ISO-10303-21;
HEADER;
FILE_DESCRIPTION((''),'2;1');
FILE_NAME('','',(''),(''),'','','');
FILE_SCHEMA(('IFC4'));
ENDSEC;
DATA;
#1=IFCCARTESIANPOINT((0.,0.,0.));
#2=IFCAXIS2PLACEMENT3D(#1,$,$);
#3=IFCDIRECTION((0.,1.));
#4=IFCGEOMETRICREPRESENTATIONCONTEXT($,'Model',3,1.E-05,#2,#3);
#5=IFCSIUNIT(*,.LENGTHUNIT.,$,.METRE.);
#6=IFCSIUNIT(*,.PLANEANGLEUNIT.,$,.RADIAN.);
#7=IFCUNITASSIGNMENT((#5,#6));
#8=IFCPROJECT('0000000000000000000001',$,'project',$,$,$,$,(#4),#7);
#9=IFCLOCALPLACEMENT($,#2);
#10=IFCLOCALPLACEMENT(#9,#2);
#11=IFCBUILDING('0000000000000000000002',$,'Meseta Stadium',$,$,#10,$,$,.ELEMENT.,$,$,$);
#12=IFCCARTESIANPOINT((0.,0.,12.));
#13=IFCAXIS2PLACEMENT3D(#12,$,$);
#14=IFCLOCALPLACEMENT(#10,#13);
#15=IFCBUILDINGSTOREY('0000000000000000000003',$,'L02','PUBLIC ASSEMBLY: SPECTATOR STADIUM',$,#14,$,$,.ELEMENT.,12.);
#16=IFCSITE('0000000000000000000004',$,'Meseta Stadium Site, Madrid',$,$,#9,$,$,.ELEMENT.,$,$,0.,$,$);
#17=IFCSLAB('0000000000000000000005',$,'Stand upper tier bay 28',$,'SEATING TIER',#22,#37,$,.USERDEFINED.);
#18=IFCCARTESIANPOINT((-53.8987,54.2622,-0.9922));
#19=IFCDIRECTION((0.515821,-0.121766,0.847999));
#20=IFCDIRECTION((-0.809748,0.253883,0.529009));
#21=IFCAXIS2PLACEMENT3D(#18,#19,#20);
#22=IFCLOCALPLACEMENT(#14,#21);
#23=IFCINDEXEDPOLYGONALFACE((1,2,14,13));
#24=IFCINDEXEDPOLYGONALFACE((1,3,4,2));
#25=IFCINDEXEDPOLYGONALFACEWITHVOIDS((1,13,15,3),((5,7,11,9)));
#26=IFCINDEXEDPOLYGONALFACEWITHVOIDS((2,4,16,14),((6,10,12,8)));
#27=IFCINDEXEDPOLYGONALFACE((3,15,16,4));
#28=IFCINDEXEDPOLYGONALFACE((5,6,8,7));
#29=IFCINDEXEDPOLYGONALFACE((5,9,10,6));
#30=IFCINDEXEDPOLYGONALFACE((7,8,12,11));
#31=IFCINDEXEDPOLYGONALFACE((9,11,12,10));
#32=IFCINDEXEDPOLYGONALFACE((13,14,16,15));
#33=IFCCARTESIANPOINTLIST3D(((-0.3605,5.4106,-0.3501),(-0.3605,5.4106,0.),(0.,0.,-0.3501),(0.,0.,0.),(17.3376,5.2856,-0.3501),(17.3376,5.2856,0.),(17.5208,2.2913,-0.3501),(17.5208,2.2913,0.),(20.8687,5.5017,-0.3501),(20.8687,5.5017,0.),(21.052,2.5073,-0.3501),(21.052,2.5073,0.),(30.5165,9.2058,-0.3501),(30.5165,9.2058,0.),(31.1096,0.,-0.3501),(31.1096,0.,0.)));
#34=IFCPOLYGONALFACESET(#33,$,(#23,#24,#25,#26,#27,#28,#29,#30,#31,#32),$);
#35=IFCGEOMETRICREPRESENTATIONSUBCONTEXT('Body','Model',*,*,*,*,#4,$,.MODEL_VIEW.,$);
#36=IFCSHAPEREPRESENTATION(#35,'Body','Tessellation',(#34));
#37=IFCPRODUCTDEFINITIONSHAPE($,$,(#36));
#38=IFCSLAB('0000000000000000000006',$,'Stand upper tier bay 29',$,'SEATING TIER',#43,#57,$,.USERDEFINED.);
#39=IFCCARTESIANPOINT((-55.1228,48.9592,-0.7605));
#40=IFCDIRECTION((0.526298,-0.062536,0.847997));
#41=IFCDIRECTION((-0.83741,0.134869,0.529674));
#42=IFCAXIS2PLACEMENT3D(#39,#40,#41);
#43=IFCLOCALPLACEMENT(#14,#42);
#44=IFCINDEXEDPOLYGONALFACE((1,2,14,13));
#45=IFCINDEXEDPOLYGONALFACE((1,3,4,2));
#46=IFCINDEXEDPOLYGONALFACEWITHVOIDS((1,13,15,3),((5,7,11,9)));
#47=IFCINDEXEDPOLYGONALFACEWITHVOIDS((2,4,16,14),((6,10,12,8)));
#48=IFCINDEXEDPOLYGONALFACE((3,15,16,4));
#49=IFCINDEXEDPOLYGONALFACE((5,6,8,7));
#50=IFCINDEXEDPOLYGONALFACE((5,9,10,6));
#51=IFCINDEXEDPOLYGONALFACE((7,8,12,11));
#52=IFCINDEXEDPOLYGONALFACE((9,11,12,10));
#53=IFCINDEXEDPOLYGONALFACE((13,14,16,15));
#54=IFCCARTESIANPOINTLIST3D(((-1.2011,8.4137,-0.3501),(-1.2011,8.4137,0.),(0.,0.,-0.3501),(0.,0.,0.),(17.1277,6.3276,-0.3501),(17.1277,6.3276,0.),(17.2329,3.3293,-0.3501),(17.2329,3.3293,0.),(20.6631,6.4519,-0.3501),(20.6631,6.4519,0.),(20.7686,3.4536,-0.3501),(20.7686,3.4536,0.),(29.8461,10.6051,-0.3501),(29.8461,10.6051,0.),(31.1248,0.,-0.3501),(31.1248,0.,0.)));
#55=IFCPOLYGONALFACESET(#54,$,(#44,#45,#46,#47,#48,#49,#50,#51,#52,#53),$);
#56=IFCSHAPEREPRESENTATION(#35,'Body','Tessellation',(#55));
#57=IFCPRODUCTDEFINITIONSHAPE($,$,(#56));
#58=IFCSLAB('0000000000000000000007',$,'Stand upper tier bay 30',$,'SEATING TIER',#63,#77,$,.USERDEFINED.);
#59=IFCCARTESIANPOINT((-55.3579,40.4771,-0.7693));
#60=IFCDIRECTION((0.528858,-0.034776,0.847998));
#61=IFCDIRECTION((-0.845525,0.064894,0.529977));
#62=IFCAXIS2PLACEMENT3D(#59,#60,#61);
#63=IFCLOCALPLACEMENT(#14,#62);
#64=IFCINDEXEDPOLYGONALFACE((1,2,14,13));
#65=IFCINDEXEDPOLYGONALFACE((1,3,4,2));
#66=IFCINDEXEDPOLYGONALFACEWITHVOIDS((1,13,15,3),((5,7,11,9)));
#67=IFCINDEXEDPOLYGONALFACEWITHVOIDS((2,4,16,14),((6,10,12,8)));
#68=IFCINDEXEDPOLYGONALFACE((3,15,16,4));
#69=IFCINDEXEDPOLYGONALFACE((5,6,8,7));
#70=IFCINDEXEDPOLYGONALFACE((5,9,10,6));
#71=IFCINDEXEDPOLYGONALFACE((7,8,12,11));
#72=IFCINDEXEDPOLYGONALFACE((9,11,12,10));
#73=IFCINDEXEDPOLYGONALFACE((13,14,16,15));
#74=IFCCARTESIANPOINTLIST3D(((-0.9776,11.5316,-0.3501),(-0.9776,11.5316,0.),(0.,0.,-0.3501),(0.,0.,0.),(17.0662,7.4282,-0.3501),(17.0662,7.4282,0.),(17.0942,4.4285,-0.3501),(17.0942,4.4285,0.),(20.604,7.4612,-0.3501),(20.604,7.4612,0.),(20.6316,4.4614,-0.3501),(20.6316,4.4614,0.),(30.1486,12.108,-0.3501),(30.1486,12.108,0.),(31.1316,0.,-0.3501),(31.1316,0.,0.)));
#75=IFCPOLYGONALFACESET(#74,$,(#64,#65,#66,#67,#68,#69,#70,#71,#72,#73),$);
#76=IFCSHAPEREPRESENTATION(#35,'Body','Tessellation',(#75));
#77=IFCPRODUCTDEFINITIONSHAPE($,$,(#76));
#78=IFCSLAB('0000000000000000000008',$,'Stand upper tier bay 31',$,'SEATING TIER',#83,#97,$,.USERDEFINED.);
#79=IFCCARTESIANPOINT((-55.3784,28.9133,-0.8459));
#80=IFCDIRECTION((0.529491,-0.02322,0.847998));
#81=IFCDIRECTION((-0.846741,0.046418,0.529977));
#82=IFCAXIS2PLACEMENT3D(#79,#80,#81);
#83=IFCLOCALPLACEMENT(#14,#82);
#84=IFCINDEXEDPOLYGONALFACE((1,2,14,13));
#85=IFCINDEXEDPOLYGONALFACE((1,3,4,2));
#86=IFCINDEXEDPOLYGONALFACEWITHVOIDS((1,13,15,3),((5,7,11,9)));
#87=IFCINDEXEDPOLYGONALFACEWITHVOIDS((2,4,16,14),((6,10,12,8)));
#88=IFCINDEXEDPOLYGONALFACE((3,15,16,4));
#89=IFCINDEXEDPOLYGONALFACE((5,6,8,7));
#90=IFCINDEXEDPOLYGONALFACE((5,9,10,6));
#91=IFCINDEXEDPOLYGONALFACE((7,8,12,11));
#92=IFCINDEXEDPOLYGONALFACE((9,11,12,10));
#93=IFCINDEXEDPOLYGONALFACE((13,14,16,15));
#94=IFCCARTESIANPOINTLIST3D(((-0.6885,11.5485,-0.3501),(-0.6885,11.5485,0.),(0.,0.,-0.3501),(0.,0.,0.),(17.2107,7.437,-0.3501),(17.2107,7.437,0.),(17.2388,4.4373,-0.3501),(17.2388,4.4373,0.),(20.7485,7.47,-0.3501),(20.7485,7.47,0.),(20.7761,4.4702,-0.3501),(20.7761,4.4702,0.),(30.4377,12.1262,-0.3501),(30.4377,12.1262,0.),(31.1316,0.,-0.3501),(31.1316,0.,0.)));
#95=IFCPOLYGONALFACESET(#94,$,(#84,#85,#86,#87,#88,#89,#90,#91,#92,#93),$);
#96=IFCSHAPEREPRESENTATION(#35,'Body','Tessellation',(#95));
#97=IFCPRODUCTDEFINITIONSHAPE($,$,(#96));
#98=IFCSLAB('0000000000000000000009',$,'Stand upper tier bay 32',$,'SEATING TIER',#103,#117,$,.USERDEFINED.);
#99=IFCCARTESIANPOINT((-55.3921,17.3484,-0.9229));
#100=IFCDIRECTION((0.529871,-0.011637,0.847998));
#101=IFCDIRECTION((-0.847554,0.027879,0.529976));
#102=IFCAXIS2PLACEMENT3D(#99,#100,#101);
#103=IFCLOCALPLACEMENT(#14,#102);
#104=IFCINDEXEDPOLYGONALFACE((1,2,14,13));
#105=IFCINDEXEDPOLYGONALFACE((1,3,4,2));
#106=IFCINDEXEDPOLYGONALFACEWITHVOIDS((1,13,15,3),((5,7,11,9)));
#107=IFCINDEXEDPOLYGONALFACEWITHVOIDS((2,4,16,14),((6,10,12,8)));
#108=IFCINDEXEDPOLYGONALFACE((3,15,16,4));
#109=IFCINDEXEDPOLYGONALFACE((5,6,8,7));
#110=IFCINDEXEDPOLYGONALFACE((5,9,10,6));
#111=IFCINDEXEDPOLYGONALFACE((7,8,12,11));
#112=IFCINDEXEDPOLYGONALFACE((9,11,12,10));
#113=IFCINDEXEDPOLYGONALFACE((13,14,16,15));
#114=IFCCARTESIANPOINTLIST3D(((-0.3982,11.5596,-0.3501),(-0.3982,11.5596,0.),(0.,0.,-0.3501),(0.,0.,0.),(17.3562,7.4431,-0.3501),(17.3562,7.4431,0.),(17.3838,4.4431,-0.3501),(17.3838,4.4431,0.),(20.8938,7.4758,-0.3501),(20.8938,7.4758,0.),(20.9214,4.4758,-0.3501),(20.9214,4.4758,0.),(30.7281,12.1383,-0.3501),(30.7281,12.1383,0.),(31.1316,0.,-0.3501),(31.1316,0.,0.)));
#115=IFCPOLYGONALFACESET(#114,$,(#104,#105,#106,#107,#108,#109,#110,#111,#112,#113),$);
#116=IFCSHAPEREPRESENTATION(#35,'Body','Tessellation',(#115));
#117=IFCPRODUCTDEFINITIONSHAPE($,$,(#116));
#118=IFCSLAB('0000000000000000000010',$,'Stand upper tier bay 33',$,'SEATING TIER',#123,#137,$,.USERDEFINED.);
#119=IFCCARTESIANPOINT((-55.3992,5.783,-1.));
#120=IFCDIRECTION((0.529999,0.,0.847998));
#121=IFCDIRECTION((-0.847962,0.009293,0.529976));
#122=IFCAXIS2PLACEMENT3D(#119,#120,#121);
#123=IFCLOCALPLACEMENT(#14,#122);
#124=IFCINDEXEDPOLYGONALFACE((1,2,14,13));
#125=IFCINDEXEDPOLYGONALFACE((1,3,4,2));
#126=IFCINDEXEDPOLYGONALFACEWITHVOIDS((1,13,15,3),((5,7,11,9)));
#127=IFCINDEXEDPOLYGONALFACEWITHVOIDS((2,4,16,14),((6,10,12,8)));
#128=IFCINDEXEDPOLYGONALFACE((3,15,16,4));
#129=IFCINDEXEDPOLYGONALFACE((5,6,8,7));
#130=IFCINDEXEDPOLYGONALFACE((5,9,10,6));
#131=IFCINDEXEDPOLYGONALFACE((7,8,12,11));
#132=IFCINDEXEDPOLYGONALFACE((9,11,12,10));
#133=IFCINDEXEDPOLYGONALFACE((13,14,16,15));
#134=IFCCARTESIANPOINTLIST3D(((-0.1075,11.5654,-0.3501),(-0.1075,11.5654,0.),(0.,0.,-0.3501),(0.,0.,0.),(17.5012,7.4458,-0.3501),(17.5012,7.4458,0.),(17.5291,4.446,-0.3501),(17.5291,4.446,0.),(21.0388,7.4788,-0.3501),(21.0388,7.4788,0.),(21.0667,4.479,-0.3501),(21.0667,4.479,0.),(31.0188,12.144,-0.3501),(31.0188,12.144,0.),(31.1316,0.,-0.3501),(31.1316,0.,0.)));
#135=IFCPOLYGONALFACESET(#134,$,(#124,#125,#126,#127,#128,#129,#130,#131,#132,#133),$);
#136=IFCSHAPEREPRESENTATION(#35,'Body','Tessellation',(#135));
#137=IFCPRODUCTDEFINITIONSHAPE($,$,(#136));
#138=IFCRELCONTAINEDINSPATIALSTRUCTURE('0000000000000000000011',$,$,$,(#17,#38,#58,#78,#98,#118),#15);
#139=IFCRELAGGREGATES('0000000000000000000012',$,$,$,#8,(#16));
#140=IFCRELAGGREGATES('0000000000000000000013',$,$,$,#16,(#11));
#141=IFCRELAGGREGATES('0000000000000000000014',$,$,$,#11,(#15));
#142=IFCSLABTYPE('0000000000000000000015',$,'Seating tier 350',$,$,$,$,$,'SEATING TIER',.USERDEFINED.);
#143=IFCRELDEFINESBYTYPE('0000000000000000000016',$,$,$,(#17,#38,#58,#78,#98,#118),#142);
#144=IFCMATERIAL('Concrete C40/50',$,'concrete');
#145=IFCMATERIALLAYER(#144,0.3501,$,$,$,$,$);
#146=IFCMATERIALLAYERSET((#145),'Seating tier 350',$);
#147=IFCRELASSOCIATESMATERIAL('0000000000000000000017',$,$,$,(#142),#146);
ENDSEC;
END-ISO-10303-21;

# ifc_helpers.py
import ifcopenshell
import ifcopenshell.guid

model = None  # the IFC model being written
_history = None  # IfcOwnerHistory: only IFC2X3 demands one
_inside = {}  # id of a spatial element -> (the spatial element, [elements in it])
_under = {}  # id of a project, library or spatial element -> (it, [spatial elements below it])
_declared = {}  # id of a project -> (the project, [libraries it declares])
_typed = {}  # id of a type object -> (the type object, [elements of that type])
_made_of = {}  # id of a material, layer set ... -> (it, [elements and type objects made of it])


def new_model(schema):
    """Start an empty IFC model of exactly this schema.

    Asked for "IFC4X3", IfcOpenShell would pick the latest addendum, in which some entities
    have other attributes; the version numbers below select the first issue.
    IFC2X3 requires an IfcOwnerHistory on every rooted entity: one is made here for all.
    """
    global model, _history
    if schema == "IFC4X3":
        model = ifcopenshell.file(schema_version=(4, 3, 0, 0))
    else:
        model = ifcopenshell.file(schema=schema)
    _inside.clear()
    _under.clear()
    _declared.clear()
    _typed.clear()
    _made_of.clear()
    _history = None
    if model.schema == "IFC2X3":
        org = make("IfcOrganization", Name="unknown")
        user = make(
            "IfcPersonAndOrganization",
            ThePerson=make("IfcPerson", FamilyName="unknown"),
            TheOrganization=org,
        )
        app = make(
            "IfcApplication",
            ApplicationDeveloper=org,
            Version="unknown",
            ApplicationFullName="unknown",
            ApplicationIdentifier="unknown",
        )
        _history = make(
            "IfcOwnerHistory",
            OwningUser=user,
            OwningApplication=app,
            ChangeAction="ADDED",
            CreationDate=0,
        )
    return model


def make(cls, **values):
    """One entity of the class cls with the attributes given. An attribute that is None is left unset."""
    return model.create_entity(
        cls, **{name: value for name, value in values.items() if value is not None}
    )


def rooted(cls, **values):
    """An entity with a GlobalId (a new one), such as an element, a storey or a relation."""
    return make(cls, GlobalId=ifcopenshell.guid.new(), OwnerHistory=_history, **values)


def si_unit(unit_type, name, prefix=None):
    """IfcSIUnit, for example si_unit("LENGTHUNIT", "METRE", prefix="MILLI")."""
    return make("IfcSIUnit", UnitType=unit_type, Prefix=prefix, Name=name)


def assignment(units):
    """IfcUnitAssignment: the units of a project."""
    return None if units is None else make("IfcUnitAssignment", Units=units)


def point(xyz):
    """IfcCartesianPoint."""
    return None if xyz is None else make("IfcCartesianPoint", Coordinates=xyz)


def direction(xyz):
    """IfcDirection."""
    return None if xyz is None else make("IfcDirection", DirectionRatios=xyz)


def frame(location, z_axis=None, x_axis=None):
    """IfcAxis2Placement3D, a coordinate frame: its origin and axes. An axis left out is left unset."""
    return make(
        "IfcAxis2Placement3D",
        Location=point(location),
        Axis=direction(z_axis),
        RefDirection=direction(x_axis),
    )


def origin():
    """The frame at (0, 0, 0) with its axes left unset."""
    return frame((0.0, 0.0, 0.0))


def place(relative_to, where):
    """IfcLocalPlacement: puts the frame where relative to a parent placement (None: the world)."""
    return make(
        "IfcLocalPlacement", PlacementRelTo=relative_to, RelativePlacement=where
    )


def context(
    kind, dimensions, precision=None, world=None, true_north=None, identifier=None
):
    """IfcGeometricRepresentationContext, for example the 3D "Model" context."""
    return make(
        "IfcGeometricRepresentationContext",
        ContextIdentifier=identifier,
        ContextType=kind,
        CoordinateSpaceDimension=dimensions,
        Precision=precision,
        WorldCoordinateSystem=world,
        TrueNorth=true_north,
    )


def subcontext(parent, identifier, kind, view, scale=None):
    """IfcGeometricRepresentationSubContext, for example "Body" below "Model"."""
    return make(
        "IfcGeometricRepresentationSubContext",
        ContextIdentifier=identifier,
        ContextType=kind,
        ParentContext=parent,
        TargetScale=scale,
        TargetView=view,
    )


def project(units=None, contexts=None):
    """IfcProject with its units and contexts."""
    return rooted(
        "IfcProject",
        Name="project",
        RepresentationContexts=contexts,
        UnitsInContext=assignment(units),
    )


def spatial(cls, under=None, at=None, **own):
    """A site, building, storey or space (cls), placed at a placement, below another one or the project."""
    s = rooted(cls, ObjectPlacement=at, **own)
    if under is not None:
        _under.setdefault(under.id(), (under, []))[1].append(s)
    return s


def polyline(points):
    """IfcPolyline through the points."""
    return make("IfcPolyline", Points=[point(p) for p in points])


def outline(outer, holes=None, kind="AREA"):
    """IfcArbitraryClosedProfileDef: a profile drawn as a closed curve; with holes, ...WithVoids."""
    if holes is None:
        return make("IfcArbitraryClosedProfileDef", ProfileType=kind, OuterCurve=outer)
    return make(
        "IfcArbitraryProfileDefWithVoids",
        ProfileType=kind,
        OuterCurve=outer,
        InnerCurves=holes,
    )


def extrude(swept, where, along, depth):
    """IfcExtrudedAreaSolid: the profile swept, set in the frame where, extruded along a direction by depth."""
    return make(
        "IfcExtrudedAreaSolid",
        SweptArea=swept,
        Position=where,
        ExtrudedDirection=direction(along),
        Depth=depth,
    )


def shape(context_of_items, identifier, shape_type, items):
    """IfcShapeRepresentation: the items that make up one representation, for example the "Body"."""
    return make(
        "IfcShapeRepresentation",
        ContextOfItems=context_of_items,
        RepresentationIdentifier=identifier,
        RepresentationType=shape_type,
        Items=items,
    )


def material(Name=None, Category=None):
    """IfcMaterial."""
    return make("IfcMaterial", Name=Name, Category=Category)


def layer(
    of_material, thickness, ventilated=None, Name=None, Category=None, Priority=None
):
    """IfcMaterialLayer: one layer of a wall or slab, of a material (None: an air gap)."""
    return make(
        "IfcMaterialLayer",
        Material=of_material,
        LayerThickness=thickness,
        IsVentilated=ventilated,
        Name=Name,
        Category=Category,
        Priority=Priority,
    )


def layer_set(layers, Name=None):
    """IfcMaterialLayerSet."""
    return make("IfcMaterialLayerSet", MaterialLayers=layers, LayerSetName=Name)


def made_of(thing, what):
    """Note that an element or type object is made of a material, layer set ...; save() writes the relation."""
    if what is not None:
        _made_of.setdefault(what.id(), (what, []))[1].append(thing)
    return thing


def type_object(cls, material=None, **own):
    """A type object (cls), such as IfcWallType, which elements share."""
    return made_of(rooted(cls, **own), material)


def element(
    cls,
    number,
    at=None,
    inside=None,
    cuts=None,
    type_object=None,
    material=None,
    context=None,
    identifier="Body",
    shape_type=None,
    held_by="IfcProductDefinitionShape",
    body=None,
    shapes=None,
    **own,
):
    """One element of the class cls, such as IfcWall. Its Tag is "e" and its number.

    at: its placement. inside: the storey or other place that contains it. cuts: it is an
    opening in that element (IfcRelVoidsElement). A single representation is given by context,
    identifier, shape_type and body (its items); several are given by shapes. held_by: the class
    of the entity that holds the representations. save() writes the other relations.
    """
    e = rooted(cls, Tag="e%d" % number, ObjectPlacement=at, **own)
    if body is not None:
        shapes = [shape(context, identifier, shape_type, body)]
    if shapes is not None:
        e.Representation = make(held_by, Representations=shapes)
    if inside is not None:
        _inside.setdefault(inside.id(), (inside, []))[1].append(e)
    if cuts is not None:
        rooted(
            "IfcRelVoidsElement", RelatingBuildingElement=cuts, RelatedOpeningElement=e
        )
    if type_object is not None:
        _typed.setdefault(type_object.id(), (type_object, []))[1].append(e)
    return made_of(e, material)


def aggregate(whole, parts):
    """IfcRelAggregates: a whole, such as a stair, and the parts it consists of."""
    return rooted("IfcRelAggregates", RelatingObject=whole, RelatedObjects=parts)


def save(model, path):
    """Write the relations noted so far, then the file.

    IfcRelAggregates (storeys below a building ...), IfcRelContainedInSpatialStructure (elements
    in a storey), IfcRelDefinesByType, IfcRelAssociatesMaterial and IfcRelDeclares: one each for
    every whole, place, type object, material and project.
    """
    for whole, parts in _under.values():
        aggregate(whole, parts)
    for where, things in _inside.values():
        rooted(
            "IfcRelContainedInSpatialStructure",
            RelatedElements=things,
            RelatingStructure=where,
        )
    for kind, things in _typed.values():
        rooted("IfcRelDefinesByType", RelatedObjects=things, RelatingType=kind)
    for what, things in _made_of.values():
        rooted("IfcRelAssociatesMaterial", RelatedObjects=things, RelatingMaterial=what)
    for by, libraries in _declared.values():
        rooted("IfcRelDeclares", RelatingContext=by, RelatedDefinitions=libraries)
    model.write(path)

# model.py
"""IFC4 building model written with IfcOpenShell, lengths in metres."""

from ifc_helpers import new_model, si_unit, direction, frame, origin, place, context, subcontext, project, spatial, polyline, outline, extrude, material, layer, layer_set, type_object, element, save


model = new_model("IFC4")

# Units and contexts
model_context = context("Model", 3, precision=1e-05, world=origin(), true_north=direction((0.0, 1.0)))
body_context = subcontext(model_context, "Body", "Model", "MODEL_VIEW")
ifc_project = project(units=[si_unit("LENGTHUNIT", "METRE"), si_unit("PLANEANGLEUNIT", "RADIAN")], contexts=[model_context])

# Site, building, storey
site_placement = place(None, origin())
site = spatial("IfcSite", under=ifc_project, at=site_placement, Name="Meseta Stadium Site, Madrid", CompositionType="ELEMENT", RefElevation=0.0)
building_placement = place(site_placement, origin())
building = spatial("IfcBuilding", under=site, at=building_placement, Name="Meseta Stadium", CompositionType="ELEMENT")
storey_placement = place(building_placement, frame((0.0, 0.0, 12.0)))
storey = spatial("IfcBuildingStorey", under=building, at=storey_placement, Name="L02", Description="PUBLIC ASSEMBLY: SPECTATOR STADIUM", CompositionType="ELEMENT", Elevation=12.0)

# Slabs
ifc_material_1 = material(Name="Concrete C40/50", Category="concrete")
ifc_layer_1 = layer(ifc_material_1, 0.3501)
ifc_layer_set_1 = layer_set([ifc_layer_1], Name="Seating tier 350")
slab_type_1 = type_object("IfcSlabType", Name="Seating tier 350", ElementType="SEATING TIER", PredefinedType="USERDEFINED", material=ifc_layer_set_1)
slab_1_placement = place(storey_placement, frame((-53.8987, 54.2622, -0.9922), z_axis=(0.515821, -0.121766, 0.847999), x_axis=(-0.809748, 0.253883, 0.529009)))
element("IfcSlab", 1, at=slab_1_placement, inside=storey, type_object=slab_type_1, Name="Stand upper tier bay 28", ObjectType="SEATING TIER", PredefinedType="USERDEFINED", context=body_context, shape_type="SweptSolid", body=[
    extrude(outline(polyline([(0.0, 0.0), (31.1096, 0.0), (30.5165, 9.2058), (-0.3605, 5.4106), (0.0, 0.0)]), holes=[polyline([(17.5208, 2.2913), (21.052, 2.5073), (20.8687, 5.5017), (17.3376, 5.2856), (17.5208, 2.2913)])]), origin(), (0.0, 0.0, -1.0), 0.3501),
])
slab_2_placement = place(storey_placement, frame((-55.1228, 48.9592, -0.7605), z_axis=(0.526298, -0.062536, 0.847997), x_axis=(-0.83741, 0.134869, 0.529674)))
element("IfcSlab", 2, at=slab_2_placement, inside=storey, type_object=slab_type_1, Name="Stand upper tier bay 29", ObjectType="SEATING TIER", PredefinedType="USERDEFINED", context=body_context, shape_type="SweptSolid", body=[
    extrude(outline(polyline([(0.0, 0.0), (31.1248, 0.0), (29.8461, 10.6051), (-1.2011, 8.4137), (0.0, 0.0)]), holes=[polyline([(17.2329, 3.3293), (20.7686, 3.4536), (20.6631, 6.4519), (17.1277, 6.3276), (17.2329, 3.3293)])]), origin(), (0.0, 0.0, -1.0), 0.3501),
])
slab_3_placement = place(storey_placement, frame((-55.3579, 40.4771, -0.7693), z_axis=(0.528858, -0.034776, 0.847998), x_axis=(-0.845525, 0.064894, 0.529977)))
element("IfcSlab", 3, at=slab_3_placement, inside=storey, type_object=slab_type_1, Name="Stand upper tier bay 30", ObjectType="SEATING TIER", PredefinedType="USERDEFINED", context=body_context, shape_type="SweptSolid", body=[
    extrude(outline(polyline([(0.0, 0.0), (31.1316, 0.0), (30.1486, 12.108), (-0.9776, 11.5316), (0.0, 0.0)]), holes=[polyline([(17.0942, 4.4285), (20.6316, 4.4614), (20.604, 7.4612), (17.0662, 7.4282), (17.0942, 4.4285)])]), origin(), (0.0, 0.0, -1.0), 0.3501),
])
slab_4_placement = place(storey_placement, frame((-55.3784, 28.9133, -0.8459), z_axis=(0.529491, -0.02322, 0.847998), x_axis=(-0.846741, 0.046418, 0.529977)))
element("IfcSlab", 4, at=slab_4_placement, inside=storey, type_object=slab_type_1, Name="Stand upper tier bay 31", ObjectType="SEATING TIER", PredefinedType="USERDEFINED", context=body_context, shape_type="SweptSolid", body=[
    extrude(outline(polyline([(0.0, 0.0), (31.1316, 0.0), (30.4377, 12.1262), (-0.6885, 11.5485), (0.0, 0.0)]), holes=[polyline([(17.2388, 4.4373), (20.7761, 4.4702), (20.7485, 7.47), (17.2107, 7.437), (17.2388, 4.4373)])]), origin(), (0.0, 0.0, -1.0), 0.3501),
])
slab_5_placement = place(storey_placement, frame((-55.3921, 17.3484, -0.9229), z_axis=(0.529871, -0.011637, 0.847998), x_axis=(-0.847554, 0.027879, 0.529976)))
element("IfcSlab", 5, at=slab_5_placement, inside=storey, type_object=slab_type_1, Name="Stand upper tier bay 32", ObjectType="SEATING TIER", PredefinedType="USERDEFINED", context=body_context, shape_type="SweptSolid", body=[
    extrude(outline(polyline([(0.0, 0.0), (31.1316, 0.0), (30.7281, 12.1383), (-0.3982, 11.5596), (0.0, 0.0)]), holes=[polyline([(17.3838, 4.4431), (20.9214, 4.4758), (20.8938, 7.4758), (17.3562, 7.4431), (17.3838, 4.4431)])]), origin(), (0.0, 0.0, -1.0), 0.3501),
])
slab_6_placement = place(storey_placement, frame((-55.3992, 5.783, -1.0), z_axis=(0.529999, 0.0, 0.847998), x_axis=(-0.847962, 0.009293, 0.529976)))
element("IfcSlab", 6, at=slab_6_placement, inside=storey, type_object=slab_type_1, Name="Stand upper tier bay 33", ObjectType="SEATING TIER", PredefinedType="USERDEFINED", context=body_context, shape_type="SweptSolid", body=[
    extrude(outline(polyline([(0.0, 0.0), (31.1316, 0.0), (31.0188, 12.144), (-0.1075, 11.5654), (0.0, 0.0)]), holes=[polyline([(17.5291, 4.446), (21.0667, 4.479), (21.0388, 7.4788), (17.5012, 7.4458), (17.5291, 4.446)])]), origin(), (0.0, 0.0, -1.0), 0.3501),
])

save(model, "model.ifc")
